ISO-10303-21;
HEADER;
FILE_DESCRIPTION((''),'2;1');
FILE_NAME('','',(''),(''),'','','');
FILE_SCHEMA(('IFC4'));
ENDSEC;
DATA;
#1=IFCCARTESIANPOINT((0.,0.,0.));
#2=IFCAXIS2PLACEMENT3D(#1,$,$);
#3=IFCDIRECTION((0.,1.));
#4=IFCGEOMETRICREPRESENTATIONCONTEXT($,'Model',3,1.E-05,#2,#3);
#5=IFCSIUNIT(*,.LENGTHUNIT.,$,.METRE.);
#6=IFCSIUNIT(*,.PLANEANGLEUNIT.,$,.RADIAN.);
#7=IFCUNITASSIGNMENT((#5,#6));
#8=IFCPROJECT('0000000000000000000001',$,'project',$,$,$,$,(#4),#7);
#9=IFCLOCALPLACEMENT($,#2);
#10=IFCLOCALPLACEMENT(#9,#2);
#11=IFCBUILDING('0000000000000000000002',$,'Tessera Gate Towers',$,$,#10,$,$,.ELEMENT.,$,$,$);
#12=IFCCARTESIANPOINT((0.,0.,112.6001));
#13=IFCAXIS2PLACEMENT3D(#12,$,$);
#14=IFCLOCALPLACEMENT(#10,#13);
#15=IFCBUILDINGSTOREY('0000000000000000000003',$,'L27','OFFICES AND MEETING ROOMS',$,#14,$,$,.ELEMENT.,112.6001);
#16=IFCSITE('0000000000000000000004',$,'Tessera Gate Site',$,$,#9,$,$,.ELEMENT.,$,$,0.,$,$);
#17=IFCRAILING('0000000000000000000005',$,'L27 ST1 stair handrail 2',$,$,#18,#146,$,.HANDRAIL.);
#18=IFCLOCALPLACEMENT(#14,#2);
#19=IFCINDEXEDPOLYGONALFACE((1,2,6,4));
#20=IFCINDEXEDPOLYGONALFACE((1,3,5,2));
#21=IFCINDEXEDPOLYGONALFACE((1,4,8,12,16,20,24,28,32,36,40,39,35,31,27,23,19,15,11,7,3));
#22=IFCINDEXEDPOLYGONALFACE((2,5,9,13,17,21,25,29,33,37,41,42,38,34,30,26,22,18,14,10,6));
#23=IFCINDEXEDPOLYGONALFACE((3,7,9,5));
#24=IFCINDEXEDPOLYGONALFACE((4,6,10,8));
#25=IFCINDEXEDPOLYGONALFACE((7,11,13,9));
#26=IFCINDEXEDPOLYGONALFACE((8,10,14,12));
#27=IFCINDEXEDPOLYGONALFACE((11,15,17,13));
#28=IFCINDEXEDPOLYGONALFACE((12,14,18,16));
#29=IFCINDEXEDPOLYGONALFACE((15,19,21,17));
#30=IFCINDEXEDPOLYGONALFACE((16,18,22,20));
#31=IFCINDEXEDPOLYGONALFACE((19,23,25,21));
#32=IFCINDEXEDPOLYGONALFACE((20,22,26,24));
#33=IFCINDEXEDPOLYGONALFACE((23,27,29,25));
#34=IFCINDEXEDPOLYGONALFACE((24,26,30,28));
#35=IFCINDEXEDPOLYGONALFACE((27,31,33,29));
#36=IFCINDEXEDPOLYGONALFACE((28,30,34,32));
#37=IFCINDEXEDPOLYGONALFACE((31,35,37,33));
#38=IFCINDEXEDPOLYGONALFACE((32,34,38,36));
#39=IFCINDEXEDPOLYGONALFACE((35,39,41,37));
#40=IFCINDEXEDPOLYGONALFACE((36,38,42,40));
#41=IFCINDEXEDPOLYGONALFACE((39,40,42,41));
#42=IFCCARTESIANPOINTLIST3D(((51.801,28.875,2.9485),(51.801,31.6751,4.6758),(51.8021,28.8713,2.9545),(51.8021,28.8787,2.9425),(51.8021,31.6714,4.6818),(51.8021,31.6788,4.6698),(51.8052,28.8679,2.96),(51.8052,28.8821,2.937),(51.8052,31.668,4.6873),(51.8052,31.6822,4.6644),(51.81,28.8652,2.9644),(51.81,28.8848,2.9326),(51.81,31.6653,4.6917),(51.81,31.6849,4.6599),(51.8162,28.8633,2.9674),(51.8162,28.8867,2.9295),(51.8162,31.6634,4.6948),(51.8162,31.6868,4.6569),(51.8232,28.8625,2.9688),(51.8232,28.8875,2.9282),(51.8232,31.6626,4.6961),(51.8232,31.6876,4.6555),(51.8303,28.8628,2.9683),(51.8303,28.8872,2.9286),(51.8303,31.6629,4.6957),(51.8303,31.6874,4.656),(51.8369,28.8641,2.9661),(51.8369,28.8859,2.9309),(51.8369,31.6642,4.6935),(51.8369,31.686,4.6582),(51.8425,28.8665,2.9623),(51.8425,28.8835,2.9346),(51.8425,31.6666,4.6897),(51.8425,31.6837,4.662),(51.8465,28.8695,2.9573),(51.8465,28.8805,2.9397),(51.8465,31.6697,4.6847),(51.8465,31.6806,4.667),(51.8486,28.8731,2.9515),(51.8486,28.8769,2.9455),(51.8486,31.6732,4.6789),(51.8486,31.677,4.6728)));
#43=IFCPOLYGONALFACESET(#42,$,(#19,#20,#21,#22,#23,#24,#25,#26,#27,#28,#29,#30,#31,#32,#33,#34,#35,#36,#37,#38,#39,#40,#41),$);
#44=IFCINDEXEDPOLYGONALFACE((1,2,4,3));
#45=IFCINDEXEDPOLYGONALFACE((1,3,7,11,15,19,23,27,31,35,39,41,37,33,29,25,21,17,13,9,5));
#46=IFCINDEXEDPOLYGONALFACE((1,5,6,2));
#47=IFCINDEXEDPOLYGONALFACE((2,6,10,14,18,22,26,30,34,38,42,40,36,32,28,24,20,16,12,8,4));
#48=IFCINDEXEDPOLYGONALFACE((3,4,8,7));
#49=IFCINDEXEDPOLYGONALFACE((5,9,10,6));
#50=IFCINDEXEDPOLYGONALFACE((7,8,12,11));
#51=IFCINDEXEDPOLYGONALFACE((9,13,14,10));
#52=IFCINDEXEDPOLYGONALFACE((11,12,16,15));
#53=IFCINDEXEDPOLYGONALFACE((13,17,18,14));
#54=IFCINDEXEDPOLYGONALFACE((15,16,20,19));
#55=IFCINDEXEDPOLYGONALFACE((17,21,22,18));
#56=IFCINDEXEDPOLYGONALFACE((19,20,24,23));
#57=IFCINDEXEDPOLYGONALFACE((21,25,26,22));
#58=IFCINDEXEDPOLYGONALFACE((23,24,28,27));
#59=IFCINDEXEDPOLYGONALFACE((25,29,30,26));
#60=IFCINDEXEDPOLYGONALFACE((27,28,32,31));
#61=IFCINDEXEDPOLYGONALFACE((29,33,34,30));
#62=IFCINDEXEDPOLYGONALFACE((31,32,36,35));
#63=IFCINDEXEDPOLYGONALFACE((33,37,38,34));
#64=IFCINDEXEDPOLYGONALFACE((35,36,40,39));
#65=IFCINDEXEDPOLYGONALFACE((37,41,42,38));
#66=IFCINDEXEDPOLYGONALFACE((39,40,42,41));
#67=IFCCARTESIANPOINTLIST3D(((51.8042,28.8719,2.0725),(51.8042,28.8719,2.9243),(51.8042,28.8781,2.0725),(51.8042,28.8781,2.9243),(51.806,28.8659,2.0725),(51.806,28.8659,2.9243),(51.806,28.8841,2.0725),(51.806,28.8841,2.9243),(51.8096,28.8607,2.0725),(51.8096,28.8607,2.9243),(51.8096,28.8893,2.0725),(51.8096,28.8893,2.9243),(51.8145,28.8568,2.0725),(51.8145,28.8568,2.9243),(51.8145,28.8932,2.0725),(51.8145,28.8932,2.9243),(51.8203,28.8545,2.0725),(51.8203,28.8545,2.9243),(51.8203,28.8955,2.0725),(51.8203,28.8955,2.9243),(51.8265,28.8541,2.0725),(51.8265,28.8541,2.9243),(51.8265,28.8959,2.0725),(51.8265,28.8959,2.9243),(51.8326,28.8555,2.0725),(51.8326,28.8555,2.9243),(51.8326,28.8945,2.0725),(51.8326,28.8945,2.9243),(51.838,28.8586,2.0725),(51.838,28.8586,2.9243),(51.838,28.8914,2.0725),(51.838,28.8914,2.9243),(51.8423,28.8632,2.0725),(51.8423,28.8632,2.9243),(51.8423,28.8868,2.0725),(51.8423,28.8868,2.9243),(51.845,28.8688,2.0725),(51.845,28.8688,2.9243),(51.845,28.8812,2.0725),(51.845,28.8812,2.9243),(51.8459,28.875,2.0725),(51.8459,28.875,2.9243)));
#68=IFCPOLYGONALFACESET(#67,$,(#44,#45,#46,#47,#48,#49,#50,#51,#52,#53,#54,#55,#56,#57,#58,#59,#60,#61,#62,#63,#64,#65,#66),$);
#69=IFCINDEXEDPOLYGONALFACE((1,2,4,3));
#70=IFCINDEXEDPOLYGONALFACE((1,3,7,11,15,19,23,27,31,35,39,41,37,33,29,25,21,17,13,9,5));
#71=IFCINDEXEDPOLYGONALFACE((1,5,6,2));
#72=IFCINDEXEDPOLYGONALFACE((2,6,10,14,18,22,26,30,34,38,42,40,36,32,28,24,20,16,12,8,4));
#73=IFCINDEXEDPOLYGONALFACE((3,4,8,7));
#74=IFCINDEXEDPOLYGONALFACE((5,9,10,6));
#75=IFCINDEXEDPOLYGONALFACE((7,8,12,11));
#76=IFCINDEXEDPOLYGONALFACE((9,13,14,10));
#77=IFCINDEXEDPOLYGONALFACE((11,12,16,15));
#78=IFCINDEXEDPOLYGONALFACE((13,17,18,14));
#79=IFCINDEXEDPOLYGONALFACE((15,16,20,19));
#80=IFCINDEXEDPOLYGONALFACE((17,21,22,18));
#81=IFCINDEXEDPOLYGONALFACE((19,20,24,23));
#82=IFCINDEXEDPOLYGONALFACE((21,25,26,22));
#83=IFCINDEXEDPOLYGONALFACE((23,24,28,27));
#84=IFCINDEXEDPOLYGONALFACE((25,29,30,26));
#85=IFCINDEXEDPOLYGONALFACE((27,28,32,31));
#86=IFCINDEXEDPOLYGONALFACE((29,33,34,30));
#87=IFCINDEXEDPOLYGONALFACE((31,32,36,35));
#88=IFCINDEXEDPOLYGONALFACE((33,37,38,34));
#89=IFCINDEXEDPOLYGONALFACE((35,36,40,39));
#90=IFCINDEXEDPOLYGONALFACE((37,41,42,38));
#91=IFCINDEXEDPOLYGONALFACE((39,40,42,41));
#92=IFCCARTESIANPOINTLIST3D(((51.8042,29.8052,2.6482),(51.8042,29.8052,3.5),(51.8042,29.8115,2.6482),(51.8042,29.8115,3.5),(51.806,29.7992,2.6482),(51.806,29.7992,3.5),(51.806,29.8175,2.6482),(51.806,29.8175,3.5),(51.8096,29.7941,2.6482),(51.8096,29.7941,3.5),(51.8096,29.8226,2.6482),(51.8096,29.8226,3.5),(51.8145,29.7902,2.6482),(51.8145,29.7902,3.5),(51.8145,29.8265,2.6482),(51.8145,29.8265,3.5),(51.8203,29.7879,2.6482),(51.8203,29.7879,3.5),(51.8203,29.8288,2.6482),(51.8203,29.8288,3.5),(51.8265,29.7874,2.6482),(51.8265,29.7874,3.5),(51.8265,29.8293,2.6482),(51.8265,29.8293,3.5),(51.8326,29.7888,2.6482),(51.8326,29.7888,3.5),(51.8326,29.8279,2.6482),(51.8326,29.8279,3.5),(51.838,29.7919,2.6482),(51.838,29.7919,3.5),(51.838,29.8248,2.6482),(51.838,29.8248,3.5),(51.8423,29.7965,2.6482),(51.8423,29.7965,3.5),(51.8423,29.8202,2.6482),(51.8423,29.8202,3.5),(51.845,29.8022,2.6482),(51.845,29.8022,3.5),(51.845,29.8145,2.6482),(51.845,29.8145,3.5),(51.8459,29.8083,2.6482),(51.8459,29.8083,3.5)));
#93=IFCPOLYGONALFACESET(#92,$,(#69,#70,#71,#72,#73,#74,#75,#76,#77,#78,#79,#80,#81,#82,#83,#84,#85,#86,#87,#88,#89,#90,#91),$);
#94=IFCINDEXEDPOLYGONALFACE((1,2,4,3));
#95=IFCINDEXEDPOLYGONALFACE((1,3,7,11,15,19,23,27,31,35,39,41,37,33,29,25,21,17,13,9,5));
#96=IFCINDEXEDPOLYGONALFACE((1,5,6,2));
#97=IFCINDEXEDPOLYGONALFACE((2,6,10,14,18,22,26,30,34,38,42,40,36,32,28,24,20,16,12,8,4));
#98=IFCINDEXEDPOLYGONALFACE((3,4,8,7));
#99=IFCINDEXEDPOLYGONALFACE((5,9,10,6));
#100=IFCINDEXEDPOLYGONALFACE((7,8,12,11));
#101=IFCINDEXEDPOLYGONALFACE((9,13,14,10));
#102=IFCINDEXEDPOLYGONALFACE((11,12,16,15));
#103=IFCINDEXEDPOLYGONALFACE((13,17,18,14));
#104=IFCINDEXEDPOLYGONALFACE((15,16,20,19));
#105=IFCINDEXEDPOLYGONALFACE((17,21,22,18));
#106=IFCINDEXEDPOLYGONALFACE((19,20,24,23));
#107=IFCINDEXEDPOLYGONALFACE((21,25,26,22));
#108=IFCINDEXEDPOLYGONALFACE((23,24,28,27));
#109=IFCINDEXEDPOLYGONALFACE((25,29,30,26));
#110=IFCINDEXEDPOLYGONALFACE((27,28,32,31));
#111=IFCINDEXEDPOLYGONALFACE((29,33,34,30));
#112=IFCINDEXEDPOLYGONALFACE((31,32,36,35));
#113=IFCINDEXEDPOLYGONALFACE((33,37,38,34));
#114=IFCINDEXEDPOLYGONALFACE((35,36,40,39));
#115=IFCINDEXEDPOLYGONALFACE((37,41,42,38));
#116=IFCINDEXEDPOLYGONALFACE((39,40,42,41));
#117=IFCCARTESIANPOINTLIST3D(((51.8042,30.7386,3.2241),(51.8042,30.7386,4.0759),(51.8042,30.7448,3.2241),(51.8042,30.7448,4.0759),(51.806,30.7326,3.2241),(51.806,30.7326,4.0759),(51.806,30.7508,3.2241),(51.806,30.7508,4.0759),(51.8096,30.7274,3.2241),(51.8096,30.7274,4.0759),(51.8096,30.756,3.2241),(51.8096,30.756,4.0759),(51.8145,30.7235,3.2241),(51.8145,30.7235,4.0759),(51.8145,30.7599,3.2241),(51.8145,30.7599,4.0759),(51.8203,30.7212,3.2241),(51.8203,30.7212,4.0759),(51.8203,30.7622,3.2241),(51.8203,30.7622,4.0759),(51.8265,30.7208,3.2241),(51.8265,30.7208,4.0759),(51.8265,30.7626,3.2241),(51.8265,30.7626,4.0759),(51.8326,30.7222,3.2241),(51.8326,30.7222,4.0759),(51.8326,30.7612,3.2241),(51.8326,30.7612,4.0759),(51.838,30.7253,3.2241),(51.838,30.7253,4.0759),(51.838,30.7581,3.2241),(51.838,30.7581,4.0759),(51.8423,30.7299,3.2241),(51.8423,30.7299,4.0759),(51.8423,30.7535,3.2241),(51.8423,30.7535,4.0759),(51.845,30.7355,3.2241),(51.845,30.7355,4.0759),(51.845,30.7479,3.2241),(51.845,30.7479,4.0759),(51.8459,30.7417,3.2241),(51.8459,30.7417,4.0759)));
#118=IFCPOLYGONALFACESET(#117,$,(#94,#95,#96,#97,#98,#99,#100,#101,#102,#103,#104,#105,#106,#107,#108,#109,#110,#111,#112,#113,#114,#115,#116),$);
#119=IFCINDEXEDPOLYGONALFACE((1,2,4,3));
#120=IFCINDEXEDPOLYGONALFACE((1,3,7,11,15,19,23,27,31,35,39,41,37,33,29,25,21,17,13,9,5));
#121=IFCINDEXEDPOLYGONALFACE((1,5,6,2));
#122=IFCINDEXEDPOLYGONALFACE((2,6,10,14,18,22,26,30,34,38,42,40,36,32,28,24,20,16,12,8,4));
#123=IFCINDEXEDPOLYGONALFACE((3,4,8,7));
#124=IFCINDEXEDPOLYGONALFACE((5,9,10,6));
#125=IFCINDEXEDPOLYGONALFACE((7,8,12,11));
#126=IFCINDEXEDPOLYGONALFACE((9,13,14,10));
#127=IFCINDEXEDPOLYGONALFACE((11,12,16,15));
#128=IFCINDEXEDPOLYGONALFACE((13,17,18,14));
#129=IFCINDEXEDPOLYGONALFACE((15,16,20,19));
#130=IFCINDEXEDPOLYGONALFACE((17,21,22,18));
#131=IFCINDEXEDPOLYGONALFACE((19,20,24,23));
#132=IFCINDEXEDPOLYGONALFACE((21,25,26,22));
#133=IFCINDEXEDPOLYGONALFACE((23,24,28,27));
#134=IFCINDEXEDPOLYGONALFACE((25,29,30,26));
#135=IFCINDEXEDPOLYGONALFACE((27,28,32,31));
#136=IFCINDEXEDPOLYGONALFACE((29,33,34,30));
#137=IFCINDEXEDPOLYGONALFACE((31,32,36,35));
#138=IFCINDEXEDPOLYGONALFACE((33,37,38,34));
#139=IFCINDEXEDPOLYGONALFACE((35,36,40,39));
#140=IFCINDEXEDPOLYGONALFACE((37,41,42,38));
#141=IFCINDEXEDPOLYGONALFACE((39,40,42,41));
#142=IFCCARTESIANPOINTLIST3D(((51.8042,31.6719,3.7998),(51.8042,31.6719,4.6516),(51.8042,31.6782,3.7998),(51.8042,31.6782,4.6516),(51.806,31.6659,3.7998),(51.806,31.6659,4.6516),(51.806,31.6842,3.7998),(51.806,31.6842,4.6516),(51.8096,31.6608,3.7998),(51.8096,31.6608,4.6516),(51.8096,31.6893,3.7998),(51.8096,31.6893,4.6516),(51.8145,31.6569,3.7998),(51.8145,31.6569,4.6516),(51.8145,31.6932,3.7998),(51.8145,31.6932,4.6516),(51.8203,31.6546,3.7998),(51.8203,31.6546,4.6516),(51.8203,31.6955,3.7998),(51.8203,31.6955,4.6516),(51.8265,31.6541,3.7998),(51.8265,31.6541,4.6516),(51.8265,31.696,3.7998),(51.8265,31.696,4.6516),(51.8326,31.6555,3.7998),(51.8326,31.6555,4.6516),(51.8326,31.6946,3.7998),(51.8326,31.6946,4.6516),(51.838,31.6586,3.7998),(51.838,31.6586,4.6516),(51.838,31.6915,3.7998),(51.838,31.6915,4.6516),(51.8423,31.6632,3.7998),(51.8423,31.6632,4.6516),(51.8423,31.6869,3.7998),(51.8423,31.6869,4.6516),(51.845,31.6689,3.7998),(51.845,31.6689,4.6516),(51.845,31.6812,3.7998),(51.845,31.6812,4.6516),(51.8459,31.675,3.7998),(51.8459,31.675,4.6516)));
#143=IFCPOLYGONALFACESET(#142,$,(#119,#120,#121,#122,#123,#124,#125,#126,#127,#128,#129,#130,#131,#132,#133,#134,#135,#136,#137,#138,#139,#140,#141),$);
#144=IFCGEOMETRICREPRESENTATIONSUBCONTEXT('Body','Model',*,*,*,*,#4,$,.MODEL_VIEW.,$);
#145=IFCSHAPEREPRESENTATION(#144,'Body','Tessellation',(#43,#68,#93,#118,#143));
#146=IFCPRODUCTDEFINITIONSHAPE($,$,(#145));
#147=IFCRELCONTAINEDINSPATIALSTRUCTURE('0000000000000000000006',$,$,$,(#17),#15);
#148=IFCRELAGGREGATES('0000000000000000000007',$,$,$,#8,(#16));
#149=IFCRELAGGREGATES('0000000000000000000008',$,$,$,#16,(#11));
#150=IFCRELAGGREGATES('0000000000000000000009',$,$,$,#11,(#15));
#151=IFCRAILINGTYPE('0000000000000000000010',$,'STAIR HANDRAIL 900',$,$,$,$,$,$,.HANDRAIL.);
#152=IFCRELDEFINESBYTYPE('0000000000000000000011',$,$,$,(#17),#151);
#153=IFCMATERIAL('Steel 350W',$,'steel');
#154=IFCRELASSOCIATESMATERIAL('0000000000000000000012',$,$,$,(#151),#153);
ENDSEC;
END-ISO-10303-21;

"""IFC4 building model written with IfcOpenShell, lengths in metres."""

from ifc_helpers import new_model, si_unit, direction, frame, origin, origin_2d, place, context, subcontext, project, spatial, circle, extrude, material, type_object, element, save


model = new_model("IFC4")

# Units and contexts
model_context = context("Model", 3, precision=1e-05, world=origin(), true_north=direction((0.0, 1.0)))
body_context = subcontext(model_context, "Body", "Model", "MODEL_VIEW")
ifc_project = project(units=[si_unit("LENGTHUNIT", "METRE"), si_unit("PLANEANGLEUNIT", "RADIAN")], contexts=[model_context])

# Site, building, storey
site_placement = place(None, origin())
site = spatial("IfcSite", under=ifc_project, at=site_placement, Name="Tessera Gate Site", CompositionType="ELEMENT", RefElevation=0.0)
building_placement = place(site_placement, origin())
building = spatial("IfcBuilding", under=site, at=building_placement, Name="Tessera Gate Towers", CompositionType="ELEMENT")
storey_placement = place(building_placement, frame((0.0, 0.0, 112.6001)))
storey = spatial("IfcBuildingStorey", under=building, at=storey_placement, Name="L27", Description="OFFICES AND MEETING ROOMS", CompositionType="ELEMENT", Elevation=112.6001)

# Railing
ifc_material_1 = material(Name="Steel 350W", Category="steel")
railing_type = type_object("IfcRailingType", Name="STAIR HANDRAIL 900", PredefinedType="HANDRAIL", material=ifc_material_1)
railing_placement = place(storey_placement, frame((51.825, 28.875, 2.0725)))
element("IfcRailing", 1, at=railing_placement, inside=storey, type_object=railing_type, Name="L27 ST1 stair handrail 2", PredefinedType="HANDRAIL", context=body_context, shape_type="SweptSolid", body=[
    extrude(circle(Radius=0.0239, at=origin_2d()), frame((0.0, 0.0, 0.876), z_axis=(0.0, 0.85109, 0.52502), x_axis=(-1.0, 0.0, 0.0)), (0.0, 0.0, 1.0), 3.29),
    extrude(circle(Radius=0.021, at=origin_2d()), origin(), (0.0, 0.0, 1.0), 0.8518),
    extrude(circle(Radius=0.021, at=origin_2d()), frame((0.0, 0.9333, 0.5757)), (0.0, 0.0, 1.0), 0.8518),
    extrude(circle(Radius=0.021, at=origin_2d()), frame((0.0, 1.8667, 1.1516)), (0.0, 0.0, 1.0), 0.8518),
    extrude(circle(Radius=0.021, at=origin_2d()), frame((0.0, 2.8, 1.7273)), (0.0, 0.0, 1.0), 0.8518),
])

save(model, "model.ifc")
